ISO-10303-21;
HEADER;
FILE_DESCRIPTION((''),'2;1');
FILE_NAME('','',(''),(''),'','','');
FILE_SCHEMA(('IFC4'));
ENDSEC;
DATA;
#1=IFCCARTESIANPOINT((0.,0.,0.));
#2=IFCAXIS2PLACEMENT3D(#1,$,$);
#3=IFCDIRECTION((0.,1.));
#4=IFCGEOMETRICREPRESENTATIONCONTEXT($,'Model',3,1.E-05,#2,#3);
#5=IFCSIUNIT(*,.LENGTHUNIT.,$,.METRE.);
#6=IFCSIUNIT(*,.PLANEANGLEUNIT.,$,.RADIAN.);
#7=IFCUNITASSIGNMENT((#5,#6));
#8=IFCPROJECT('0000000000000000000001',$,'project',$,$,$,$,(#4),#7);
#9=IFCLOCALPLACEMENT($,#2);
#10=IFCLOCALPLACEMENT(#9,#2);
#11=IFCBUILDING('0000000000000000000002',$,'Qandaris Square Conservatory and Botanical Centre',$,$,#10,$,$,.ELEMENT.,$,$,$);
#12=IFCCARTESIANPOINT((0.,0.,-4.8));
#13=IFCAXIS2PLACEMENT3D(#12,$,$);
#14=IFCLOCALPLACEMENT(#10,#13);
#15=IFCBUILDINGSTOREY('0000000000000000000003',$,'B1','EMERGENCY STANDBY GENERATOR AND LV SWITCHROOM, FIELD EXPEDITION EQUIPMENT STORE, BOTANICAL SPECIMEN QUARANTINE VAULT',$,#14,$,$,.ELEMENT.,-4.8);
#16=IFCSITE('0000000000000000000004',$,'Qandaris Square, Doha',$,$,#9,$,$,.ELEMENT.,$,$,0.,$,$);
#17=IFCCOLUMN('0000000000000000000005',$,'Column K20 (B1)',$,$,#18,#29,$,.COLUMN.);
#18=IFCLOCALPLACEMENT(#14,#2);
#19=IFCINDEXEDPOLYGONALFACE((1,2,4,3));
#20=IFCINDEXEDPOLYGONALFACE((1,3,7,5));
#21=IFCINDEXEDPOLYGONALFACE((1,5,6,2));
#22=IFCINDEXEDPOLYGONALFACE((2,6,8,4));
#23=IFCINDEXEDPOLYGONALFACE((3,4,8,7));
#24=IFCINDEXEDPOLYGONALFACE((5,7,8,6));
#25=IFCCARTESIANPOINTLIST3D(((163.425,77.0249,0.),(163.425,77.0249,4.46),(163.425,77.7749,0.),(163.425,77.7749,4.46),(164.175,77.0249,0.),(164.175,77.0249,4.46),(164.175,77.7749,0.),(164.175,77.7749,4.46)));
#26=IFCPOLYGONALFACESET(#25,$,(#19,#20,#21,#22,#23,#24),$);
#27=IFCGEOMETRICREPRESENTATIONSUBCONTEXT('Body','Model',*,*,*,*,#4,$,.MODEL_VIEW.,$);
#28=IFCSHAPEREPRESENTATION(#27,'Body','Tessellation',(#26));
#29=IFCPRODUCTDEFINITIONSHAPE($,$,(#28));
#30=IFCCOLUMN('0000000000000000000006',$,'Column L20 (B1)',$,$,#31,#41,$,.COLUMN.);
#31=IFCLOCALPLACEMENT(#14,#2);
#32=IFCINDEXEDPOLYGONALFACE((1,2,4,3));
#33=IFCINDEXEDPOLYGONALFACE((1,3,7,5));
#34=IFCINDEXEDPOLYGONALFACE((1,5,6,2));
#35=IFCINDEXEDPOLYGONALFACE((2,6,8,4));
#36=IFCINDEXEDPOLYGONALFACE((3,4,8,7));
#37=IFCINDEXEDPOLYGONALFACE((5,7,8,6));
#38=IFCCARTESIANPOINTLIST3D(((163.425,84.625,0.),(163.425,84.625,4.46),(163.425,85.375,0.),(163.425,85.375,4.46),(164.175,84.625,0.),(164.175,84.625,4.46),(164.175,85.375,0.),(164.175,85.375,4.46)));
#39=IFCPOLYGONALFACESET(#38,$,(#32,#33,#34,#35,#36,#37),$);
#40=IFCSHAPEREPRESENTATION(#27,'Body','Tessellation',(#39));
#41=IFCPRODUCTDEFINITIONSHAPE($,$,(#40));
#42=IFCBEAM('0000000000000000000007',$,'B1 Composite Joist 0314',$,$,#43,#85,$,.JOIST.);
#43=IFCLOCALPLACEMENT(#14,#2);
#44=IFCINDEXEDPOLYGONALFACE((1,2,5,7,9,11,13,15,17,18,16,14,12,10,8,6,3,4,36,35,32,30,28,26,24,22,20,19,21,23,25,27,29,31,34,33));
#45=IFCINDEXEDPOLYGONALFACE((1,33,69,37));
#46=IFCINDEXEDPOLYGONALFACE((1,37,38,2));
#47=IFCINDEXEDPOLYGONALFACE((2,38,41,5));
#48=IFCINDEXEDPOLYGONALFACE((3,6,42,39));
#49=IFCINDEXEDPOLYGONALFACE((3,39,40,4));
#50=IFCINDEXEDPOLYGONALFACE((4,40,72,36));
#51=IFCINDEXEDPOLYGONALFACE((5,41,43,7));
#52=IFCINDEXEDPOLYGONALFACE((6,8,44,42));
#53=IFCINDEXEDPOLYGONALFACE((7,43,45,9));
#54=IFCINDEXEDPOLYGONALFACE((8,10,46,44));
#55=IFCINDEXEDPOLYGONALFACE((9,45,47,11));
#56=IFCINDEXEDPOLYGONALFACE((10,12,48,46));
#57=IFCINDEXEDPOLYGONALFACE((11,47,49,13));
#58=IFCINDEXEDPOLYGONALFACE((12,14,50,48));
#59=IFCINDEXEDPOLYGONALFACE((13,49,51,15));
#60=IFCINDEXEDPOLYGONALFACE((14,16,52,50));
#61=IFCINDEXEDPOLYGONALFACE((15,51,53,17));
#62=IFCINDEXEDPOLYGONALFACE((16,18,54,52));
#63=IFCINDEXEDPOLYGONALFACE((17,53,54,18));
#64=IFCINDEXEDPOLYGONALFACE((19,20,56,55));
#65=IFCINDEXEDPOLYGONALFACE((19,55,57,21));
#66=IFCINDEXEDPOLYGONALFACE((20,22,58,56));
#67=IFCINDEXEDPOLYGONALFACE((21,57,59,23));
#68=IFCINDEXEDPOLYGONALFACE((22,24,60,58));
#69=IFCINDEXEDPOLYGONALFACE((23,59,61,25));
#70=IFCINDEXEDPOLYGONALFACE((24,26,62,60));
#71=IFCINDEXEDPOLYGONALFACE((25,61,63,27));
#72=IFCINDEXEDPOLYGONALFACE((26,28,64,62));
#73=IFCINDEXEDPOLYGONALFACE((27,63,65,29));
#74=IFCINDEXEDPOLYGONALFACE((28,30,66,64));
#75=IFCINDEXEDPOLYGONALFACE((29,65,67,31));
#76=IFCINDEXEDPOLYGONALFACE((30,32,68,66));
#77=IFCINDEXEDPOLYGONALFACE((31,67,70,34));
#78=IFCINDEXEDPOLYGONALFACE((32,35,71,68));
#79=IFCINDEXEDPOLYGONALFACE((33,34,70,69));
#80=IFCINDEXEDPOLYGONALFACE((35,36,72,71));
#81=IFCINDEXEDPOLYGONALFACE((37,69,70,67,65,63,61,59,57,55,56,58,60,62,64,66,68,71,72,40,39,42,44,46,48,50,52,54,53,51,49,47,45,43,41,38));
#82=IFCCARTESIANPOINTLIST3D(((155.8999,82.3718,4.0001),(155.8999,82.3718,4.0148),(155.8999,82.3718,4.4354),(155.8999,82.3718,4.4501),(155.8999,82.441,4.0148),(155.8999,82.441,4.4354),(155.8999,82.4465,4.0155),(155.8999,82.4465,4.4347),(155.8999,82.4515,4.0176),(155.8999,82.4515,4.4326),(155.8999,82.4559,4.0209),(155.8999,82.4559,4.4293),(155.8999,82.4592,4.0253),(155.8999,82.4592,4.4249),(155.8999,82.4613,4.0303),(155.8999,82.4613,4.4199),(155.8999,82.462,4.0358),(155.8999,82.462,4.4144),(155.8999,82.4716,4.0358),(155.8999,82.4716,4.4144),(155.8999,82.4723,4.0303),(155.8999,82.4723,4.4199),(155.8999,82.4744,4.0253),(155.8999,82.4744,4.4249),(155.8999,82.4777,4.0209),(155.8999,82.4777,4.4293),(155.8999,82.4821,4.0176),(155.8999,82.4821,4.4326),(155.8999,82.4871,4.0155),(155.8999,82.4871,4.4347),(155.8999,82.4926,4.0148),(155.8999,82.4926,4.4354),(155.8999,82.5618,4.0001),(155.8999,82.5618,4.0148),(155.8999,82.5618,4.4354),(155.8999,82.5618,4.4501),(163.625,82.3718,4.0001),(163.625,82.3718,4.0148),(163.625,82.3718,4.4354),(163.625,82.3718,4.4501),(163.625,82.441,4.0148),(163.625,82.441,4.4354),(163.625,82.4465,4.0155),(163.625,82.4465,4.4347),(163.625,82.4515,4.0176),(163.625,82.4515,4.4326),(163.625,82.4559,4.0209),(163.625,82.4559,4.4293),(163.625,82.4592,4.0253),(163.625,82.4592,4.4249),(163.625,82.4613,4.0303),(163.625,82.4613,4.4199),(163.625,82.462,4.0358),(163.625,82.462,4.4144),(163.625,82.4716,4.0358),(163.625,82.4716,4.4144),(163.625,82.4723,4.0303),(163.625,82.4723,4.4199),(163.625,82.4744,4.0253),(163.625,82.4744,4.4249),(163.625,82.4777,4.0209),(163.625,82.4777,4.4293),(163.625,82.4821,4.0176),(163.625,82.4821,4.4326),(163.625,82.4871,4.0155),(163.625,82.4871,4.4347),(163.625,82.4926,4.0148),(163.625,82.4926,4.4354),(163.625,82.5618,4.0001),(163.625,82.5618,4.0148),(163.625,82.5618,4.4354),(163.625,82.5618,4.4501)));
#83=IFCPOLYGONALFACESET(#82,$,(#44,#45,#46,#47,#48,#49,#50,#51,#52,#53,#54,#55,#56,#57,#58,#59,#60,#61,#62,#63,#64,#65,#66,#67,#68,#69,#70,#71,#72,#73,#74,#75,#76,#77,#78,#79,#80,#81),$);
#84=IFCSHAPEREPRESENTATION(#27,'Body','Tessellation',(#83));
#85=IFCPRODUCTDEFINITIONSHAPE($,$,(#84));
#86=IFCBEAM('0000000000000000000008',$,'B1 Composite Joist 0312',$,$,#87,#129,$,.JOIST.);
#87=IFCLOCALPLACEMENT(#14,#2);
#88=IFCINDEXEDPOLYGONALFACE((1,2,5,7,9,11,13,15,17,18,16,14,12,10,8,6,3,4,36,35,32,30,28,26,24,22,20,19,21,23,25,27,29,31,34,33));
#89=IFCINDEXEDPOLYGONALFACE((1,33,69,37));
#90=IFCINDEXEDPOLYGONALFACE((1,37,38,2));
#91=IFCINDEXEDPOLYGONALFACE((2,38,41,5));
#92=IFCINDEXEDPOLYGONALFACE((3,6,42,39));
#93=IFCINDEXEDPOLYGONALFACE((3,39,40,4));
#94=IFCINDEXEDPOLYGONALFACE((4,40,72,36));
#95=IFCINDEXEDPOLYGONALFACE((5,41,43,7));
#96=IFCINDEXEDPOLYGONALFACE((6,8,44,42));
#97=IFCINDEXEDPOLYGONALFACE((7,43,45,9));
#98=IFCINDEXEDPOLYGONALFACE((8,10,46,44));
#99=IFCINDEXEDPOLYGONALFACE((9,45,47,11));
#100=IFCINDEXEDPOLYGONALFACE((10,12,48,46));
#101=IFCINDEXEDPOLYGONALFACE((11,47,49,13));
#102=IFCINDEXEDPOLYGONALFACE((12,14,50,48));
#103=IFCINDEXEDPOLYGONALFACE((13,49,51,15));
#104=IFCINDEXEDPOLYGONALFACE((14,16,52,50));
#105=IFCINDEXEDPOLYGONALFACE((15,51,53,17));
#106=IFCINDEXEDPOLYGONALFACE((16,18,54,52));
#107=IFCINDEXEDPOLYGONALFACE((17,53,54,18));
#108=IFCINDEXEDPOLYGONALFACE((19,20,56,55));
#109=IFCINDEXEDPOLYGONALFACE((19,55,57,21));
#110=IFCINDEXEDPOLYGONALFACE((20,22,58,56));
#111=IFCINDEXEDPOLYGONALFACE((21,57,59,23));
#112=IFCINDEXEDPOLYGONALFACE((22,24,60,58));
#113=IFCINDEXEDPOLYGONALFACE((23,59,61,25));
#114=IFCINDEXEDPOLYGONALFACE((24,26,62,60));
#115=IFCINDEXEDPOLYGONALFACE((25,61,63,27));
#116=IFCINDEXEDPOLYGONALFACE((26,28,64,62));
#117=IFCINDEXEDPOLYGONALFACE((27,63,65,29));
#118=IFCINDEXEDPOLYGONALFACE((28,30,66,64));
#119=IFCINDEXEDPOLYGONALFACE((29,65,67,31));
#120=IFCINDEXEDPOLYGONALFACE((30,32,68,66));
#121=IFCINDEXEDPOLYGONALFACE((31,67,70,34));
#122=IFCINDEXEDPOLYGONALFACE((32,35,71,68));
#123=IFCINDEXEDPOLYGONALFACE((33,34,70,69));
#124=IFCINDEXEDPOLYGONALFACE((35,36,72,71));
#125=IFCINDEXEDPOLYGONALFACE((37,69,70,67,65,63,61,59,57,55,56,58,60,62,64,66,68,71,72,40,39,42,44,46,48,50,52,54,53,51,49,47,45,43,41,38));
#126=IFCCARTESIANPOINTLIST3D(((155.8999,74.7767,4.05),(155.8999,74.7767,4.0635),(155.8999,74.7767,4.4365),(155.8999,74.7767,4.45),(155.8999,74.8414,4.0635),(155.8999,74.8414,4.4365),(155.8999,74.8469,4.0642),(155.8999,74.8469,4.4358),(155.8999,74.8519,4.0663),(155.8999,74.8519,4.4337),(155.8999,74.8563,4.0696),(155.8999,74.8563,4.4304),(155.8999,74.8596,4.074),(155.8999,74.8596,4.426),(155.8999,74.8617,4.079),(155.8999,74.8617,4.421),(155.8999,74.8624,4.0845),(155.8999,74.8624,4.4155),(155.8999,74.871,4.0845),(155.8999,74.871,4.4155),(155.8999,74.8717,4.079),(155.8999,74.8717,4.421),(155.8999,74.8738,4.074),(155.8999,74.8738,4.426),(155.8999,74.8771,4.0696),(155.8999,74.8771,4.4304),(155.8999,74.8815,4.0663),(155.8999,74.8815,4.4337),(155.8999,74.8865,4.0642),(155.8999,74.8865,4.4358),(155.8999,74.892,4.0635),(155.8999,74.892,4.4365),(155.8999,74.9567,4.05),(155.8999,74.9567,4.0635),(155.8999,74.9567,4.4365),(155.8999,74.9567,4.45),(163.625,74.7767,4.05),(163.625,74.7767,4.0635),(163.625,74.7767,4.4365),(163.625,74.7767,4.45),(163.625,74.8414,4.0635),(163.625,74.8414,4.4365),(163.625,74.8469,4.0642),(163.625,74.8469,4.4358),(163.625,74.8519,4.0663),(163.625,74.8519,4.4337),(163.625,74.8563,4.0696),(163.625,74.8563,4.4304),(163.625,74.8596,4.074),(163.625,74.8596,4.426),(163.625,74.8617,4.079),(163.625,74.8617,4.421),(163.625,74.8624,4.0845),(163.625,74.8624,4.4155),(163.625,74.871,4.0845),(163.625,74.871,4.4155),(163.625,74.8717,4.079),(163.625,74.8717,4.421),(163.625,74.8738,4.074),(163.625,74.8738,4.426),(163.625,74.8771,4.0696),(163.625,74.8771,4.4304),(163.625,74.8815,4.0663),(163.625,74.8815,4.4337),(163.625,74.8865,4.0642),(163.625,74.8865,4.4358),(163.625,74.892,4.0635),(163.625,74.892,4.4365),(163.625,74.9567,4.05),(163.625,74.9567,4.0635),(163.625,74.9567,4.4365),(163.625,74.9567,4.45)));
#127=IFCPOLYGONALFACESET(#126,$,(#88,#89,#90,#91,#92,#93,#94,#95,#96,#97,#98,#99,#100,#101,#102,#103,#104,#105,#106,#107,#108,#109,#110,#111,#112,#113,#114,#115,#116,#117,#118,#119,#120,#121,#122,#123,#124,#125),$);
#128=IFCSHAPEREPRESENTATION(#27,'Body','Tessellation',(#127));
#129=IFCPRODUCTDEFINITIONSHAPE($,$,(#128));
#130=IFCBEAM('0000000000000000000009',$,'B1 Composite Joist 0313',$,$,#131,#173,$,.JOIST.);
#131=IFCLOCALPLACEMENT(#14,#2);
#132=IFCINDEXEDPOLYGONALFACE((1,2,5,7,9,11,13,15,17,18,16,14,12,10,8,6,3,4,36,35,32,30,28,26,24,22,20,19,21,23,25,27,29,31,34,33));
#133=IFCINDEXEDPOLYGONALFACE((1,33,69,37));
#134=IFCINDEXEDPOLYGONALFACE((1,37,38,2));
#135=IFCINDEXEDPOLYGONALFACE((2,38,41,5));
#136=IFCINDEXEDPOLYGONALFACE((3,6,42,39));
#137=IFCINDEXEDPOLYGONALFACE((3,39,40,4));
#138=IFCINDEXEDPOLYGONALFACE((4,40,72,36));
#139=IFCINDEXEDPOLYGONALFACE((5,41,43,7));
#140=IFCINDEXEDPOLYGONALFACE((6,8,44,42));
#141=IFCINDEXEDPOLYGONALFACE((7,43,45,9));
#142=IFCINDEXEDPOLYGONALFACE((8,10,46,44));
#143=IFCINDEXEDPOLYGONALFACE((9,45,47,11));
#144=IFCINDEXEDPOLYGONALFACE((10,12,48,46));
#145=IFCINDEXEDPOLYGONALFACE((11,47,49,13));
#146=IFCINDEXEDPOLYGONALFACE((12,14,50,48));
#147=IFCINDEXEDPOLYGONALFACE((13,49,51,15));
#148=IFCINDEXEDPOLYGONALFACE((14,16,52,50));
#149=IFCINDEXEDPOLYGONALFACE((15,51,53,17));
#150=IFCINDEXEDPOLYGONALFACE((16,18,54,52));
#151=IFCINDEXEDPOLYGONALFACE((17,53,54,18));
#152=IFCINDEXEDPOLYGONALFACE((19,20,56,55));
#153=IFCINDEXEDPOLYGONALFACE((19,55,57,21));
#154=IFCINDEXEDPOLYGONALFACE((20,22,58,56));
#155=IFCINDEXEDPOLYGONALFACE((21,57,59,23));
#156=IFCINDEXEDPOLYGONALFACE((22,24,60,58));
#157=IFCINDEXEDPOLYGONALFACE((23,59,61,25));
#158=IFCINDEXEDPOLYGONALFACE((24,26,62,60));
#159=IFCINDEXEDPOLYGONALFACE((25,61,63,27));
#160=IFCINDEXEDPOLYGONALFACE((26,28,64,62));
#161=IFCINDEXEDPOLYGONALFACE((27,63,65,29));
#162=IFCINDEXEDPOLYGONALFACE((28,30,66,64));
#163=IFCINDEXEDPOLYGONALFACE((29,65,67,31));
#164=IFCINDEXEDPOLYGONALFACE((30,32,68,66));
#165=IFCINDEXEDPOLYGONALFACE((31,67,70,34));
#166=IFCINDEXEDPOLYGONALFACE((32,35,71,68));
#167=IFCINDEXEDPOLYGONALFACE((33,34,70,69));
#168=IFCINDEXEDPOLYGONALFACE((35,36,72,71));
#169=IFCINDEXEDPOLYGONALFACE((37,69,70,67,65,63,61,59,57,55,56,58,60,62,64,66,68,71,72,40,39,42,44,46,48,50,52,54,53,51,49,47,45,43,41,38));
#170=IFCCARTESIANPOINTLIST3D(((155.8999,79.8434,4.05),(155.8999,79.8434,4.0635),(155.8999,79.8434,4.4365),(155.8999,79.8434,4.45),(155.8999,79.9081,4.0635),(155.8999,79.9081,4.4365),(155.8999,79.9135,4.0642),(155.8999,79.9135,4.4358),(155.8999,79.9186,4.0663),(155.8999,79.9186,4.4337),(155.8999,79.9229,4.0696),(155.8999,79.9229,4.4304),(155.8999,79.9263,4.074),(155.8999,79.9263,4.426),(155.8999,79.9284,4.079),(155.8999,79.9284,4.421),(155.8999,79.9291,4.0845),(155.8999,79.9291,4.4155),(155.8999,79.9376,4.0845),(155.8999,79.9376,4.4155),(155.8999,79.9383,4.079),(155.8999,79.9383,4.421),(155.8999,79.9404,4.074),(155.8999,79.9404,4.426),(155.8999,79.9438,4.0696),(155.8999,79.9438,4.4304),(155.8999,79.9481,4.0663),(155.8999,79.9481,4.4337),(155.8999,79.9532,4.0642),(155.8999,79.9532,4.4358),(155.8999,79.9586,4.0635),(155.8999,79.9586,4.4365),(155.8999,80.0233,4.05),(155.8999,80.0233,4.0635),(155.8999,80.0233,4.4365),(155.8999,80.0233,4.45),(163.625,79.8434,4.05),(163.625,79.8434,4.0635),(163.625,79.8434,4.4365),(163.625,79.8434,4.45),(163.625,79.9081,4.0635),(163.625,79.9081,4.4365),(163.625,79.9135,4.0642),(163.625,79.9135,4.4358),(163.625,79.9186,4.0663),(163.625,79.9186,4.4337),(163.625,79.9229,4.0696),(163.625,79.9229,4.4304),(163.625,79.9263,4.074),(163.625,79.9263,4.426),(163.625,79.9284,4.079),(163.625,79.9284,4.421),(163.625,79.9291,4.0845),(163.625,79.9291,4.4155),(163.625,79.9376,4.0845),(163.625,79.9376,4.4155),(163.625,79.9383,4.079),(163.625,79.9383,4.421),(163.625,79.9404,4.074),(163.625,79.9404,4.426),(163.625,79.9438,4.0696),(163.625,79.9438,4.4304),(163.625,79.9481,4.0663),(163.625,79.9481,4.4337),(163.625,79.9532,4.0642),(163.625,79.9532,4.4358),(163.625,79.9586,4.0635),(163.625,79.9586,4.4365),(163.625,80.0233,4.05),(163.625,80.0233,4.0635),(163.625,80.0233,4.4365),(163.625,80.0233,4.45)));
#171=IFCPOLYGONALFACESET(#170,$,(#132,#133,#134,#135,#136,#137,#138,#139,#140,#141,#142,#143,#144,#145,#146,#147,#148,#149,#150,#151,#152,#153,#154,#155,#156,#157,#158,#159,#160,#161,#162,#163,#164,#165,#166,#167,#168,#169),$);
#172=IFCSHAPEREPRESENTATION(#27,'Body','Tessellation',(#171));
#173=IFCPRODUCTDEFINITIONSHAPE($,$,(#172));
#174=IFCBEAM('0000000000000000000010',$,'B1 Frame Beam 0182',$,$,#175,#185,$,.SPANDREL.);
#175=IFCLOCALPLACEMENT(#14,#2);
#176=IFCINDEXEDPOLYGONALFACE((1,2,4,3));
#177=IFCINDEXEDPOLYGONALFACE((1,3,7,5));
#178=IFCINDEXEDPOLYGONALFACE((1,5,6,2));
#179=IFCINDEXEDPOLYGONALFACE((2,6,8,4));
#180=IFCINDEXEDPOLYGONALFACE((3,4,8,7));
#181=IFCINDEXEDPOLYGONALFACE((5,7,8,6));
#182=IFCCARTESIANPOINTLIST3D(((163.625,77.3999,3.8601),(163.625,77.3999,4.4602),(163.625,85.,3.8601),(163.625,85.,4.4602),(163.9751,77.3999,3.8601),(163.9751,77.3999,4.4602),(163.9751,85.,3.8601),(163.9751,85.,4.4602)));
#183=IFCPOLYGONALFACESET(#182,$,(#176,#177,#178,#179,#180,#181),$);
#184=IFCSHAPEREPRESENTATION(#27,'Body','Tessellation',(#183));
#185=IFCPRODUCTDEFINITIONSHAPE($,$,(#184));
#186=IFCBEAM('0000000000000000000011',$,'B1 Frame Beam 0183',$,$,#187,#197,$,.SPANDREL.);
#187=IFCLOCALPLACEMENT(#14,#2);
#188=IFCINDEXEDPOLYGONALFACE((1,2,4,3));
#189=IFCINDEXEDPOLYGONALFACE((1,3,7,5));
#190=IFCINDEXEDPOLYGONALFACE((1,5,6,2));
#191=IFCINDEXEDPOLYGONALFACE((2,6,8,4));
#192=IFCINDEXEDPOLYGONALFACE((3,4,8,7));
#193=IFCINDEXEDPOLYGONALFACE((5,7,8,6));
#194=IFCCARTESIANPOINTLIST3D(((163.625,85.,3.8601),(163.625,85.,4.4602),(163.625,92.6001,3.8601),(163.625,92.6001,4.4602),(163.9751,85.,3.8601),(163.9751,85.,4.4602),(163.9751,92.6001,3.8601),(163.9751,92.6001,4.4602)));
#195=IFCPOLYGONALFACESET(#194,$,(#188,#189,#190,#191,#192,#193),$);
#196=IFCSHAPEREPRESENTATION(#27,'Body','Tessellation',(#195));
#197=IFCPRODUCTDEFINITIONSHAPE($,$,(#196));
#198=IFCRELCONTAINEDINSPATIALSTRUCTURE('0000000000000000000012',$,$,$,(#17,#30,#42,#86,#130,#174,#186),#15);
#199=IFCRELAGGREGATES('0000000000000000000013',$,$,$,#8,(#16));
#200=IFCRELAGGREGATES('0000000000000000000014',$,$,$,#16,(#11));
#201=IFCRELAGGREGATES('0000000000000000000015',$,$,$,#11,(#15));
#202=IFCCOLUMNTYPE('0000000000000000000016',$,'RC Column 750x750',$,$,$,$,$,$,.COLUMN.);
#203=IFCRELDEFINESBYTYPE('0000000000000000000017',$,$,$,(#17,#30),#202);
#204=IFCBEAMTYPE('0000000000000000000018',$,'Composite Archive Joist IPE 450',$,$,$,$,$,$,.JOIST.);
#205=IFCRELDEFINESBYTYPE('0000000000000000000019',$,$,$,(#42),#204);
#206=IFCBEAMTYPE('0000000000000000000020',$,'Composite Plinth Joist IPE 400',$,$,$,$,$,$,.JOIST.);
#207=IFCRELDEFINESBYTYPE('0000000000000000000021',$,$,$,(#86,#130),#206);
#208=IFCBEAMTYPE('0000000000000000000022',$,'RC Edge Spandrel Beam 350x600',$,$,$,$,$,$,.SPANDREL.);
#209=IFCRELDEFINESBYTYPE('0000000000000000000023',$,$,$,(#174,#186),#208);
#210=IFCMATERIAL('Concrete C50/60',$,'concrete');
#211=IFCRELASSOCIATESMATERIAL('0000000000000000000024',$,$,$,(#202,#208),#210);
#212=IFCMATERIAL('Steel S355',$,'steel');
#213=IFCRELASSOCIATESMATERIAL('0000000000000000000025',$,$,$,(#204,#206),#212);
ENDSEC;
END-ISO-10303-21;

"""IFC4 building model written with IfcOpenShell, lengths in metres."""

from ifc_helpers import new_model, si_unit, direction, frame, origin, origin_2d, place, context, subcontext, project, spatial, rectangle, i_section, extrude, material, material_profile, profile_set, type_object, element, save


model = new_model("IFC4")

# Units and contexts
model_context = context("Model", 3, precision=1e-05, world=origin(), true_north=direction((0.0, 1.0)))
body_context = subcontext(model_context, "Body", "Model", "MODEL_VIEW")
ifc_project = project(units=[si_unit("LENGTHUNIT", "METRE"), si_unit("PLANEANGLEUNIT", "RADIAN")], contexts=[model_context])

# Site, building, storey
site_placement = place(None, origin())
site = spatial("IfcSite", under=ifc_project, at=site_placement, Name="Qandaris Square, Doha", CompositionType="ELEMENT", RefElevation=0.0)
building_placement = place(site_placement, origin())
building = spatial("IfcBuilding", under=site, at=building_placement, Name="Qandaris Square Conservatory and Botanical Centre", CompositionType="ELEMENT")
storey_placement = place(building_placement, frame((0.0, 0.0, -4.8)))
storey = spatial("IfcBuildingStorey", under=building, at=storey_placement, Name="B1", Description="EMERGENCY STANDBY GENERATOR AND LV SWITCHROOM, FIELD EXPEDITION EQUIPMENT STORE, BOTANICAL SPECIMEN QUARANTINE VAULT", CompositionType="ELEMENT", Elevation=-4.8)

# Shared definitions
ifc_material_1 = material(Name="Concrete C50/60", Category="concrete")

# Columns
ifc_material_profile_1 = material_profile(ifc_material_1, rectangle(XDim=0.75, YDim=0.75, at=origin_2d()), Name="RC-COL 750x750")
ifc_profile_set_1 = profile_set([ifc_material_profile_1], Name="Concrete C50/60")
column_type_1 = type_object("IfcColumnType", Name="RC Column 750x750", PredefinedType="COLUMN", material=ifc_profile_set_1)
for number, where, z_axis, x_axis, name in (
    (1, (163.8, 77.3999, 0.0), (0.0, 0.0, 1.0), (1.0, 0.0, 0.0), "Column K20 (B1)"),
    (2, (163.8, 85.0, 0.0), (0.0, 0.0, 1.0), (1.0, 0.0, 0.0), "Column L20 (B1)"),
):
    element("IfcColumn", number, at=place(storey_placement, frame(where, z_axis=z_axis, x_axis=x_axis)), inside=storey, type_object=column_type_1, Name=name, PredefinedType="COLUMN", context=body_context, shape_type="SweptSolid", body=[
        extrude(rectangle(XDim=0.75, YDim=0.75, at=origin_2d()), origin(), (0.0, 0.0, 1.0), 4.46),
    ])

# Beams
ifc_material_2 = material(Name="Steel S355", Category="steel")
ifc_material_profile_2 = material_profile(ifc_material_2, i_section(OverallWidth=0.1899, OverallDepth=0.45, WebThickness=0.0095, FlangeThickness=0.0146, FilletRadius=0.021, at=origin_2d()), Name="IPE 450")
ifc_profile_set_2 = profile_set([ifc_material_profile_2], Name="Steel S355")
beam_type_1 = type_object("IfcBeamType", Name="Composite Archive Joist IPE 450", PredefinedType="JOIST", material=ifc_profile_set_2)
beam_placement = place(storey_placement, frame((155.8999, 82.4668, 4.2251), z_axis=(1.0, 0.0, 0.0), x_axis=(0.0, 1.0, 0.0)))
element("IfcBeam", 3, at=beam_placement, inside=storey, type_object=beam_type_1, Name="B1 Composite Joist 0314", PredefinedType="JOIST", context=body_context, shape_type="SweptSolid", body=[
    extrude(i_section(OverallWidth=0.1899, OverallDepth=0.45, WebThickness=0.0095, FlangeThickness=0.0146, FilletRadius=0.021, at=origin_2d()), origin(), (0.0, 0.0, 1.0), 7.7251),
])
ifc_material_profile_3 = material_profile(ifc_material_2, i_section(OverallWidth=0.1799, OverallDepth=0.3999, WebThickness=0.0085, FlangeThickness=0.0134, FilletRadius=0.021, at=origin_2d()), Name="IPE 400")
ifc_profile_set_3 = profile_set([ifc_material_profile_3], Name="Steel S355")
beam_type_2 = type_object("IfcBeamType", Name="Composite Plinth Joist IPE 400", PredefinedType="JOIST", material=ifc_profile_set_3)
for number, where, z_axis, x_axis, name in (
    (4, (155.8999, 74.8667, 4.25), (1.0, 0.0, 0.0), (0.0, 1.0, 0.0), "B1 Composite Joist 0312"),
    (5, (155.8999, 79.9333, 4.25), (1.0, 0.0, 0.0), (0.0, 1.0, 0.0), "B1 Composite Joist 0313"),
):
    element("IfcBeam", number, at=place(storey_placement, frame(where, z_axis=z_axis, x_axis=x_axis)), inside=storey, type_object=beam_type_2, Name=name, PredefinedType="JOIST", context=body_context, shape_type="SweptSolid", body=[
        extrude(i_section(OverallWidth=0.1799, OverallDepth=0.3999, WebThickness=0.0085, FlangeThickness=0.0134, FilletRadius=0.021, at=origin_2d()), origin(), (0.0, 0.0, 1.0), 7.7251),
    ])
ifc_material_profile_4 = material_profile(ifc_material_1, rectangle(XDim=0.3501, YDim=0.6001, at=origin_2d()), Name="RC-SP 350x600")
ifc_profile_set_4 = profile_set([ifc_material_profile_4], Name="Concrete C50/60")
beam_type_3 = type_object("IfcBeamType", Name="RC Edge Spandrel Beam 350x600", PredefinedType="SPANDREL", material=ifc_profile_set_4)
for number, where, z_axis, x_axis, name in (
    (6, (163.8, 77.3999, 4.1602), (0.0, 1.0, 0.0), (-1.0, 0.0, 0.0), "B1 Frame Beam 0182"),
    (7, (163.8, 85.0, 4.1602), (0.0, 1.0, 0.0), (-1.0, 0.0, 0.0), "B1 Frame Beam 0183"),
):
    element("IfcBeam", number, at=place(storey_placement, frame(where, z_axis=z_axis, x_axis=x_axis)), inside=storey, type_object=beam_type_3, Name=name, PredefinedType="SPANDREL", context=body_context, shape_type="SweptSolid", body=[
        extrude(rectangle(XDim=0.3501, YDim=0.6001, at=origin_2d()), origin(), (0.0, 0.0, 1.0), 7.6001),
    ])

save(model, "model.ifc")
